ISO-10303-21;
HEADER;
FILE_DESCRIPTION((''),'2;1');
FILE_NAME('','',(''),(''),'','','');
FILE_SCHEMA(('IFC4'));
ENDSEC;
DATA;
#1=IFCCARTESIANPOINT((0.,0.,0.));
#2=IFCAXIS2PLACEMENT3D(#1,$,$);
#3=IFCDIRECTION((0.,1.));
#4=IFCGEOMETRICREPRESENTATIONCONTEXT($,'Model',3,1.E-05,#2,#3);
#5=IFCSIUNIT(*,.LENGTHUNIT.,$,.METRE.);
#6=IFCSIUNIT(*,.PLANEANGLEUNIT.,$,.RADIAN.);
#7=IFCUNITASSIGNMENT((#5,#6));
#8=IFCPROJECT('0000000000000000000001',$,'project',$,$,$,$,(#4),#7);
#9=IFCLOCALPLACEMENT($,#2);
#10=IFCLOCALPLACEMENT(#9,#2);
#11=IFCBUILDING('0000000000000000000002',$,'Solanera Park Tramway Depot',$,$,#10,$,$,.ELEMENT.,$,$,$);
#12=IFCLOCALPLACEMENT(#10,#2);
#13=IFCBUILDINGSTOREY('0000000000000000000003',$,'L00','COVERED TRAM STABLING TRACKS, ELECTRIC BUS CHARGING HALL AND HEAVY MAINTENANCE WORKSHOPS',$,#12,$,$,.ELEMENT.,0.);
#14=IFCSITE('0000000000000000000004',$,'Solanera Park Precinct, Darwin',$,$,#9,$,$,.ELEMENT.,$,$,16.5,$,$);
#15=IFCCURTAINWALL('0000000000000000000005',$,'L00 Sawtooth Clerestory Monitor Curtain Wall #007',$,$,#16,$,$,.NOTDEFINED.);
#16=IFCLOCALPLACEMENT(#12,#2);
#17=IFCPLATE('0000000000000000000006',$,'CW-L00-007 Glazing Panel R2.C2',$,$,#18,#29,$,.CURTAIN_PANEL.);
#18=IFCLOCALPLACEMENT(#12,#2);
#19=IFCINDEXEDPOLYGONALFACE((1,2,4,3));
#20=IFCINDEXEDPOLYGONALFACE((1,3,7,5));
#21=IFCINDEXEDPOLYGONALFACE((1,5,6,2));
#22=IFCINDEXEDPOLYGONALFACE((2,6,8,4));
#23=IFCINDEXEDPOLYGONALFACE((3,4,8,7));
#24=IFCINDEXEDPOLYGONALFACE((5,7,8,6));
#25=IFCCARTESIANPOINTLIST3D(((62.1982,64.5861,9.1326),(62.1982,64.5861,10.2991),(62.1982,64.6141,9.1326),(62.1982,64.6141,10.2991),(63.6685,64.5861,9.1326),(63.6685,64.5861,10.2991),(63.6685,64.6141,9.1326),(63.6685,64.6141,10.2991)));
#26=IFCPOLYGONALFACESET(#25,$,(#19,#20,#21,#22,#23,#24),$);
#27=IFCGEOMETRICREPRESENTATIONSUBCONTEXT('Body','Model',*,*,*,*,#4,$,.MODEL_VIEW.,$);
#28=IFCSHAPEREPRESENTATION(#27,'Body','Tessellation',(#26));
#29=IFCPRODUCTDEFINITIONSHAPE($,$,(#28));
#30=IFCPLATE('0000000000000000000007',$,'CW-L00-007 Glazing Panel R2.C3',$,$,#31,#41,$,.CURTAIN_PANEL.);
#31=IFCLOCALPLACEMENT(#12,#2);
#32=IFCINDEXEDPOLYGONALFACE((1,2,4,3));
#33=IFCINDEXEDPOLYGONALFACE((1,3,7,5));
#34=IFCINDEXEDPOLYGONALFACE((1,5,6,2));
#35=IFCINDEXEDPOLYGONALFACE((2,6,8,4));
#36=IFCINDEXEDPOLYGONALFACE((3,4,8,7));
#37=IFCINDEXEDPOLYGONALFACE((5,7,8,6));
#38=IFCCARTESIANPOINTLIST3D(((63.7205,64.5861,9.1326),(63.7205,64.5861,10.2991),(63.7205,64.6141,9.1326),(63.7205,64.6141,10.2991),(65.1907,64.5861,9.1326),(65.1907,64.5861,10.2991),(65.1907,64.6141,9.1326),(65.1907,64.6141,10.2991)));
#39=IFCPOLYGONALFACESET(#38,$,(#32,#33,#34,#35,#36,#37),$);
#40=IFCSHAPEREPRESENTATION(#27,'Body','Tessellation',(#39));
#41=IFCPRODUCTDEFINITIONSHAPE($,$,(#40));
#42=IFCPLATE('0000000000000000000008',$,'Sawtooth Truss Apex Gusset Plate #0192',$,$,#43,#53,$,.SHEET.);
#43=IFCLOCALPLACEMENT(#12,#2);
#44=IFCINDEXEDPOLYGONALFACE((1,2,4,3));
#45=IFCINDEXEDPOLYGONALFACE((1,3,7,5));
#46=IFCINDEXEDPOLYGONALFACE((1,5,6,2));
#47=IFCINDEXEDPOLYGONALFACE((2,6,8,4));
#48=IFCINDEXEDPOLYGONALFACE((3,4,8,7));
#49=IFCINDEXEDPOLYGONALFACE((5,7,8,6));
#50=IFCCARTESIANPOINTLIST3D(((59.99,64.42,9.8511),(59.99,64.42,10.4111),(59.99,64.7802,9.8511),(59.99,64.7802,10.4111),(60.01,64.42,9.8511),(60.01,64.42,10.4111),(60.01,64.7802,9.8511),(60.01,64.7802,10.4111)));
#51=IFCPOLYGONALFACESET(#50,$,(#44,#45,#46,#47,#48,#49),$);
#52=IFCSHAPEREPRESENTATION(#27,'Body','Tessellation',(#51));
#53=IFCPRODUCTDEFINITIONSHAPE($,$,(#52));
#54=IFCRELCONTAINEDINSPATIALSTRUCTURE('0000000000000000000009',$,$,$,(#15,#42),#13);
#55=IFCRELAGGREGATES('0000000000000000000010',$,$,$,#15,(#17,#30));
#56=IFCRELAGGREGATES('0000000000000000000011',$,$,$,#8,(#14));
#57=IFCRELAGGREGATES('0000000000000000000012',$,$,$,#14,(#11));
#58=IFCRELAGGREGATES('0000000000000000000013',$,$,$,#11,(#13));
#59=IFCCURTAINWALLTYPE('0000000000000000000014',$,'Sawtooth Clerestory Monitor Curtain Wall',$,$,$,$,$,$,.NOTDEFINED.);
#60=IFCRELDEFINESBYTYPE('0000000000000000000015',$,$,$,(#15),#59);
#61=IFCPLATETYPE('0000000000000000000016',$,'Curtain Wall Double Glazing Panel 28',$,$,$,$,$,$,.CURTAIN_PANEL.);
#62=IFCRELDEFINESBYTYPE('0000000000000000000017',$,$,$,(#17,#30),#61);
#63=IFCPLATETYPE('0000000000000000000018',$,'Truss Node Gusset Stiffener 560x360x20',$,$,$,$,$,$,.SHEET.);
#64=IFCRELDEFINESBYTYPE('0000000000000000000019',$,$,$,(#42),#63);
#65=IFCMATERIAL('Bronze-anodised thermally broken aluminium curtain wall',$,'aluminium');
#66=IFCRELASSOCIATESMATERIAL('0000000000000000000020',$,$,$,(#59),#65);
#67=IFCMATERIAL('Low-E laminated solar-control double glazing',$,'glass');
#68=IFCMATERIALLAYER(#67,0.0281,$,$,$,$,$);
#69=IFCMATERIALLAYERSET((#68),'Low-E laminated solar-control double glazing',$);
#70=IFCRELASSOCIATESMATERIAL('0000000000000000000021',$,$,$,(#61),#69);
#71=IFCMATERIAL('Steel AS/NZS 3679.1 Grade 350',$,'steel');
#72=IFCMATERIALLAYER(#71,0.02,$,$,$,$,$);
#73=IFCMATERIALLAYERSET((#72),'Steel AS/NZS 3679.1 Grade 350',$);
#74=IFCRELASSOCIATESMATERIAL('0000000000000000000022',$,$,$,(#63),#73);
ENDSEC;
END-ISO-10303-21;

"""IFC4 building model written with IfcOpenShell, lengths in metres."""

from ifc_helpers import new_model, si_unit, direction, frame, origin, origin_2d, place, context, subcontext, project, spatial, rectangle, extrude, material, layer, layer_set, type_object, element, aggregate, save


model = new_model("IFC4")

# Units and contexts
model_context = context("Model", 3, precision=1e-05, world=origin(), true_north=direction((0.0, 1.0)))
body_context = subcontext(model_context, "Body", "Model", "MODEL_VIEW")
ifc_project = project(units=[si_unit("LENGTHUNIT", "METRE"), si_unit("PLANEANGLEUNIT", "RADIAN")], contexts=[model_context])

# Site, building, storey
site_placement = place(None, origin())
site = spatial("IfcSite", under=ifc_project, at=site_placement, Name="Solanera Park Precinct, Darwin", CompositionType="ELEMENT", RefElevation=16.5)
building_placement = place(site_placement, origin())
building = spatial("IfcBuilding", under=site, at=building_placement, Name="Solanera Park Tramway Depot", CompositionType="ELEMENT")
storey_placement = place(building_placement, origin())
storey = spatial("IfcBuildingStorey", under=building, at=storey_placement, Name="L00", Description="COVERED TRAM STABLING TRACKS, ELECTRIC BUS CHARGING HALL AND HEAVY MAINTENANCE WORKSHOPS", CompositionType="ELEMENT", Elevation=0.0)

# Curtain wall
ifc_material_1 = material(Name="Bronze-anodised thermally broken aluminium curtain wall", Category="aluminium")
curtain_wall_type = type_object("IfcCurtainWallType", Name="Sawtooth Clerestory Monitor Curtain Wall", PredefinedType="NOTDEFINED", material=ifc_material_1)
curtain_wall_1_placement = place(storey_placement, origin())
curtain_wall_1 = element("IfcCurtainWall", 1, at=curtain_wall_1_placement, inside=storey, type_object=curtain_wall_type, Name="L00 Sawtooth Clerestory Monitor Curtain Wall #007", PredefinedType="NOTDEFINED")

# Plates
ifc_material_2 = material(Name="Low-E laminated solar-control double glazing", Category="glass")
ifc_layer_1 = layer(ifc_material_2, 0.0281)
ifc_layer_set_1 = layer_set([ifc_layer_1], Name="Low-E laminated solar-control double glazing")
plate_type_1 = type_object("IfcPlateType", Name="Curtain Wall Double Glazing Panel 28", PredefinedType="CURTAIN_PANEL", material=ifc_layer_set_1)
plate_1_placement = place(storey_placement, frame((62.9333, 64.6001, 9.1326), z_axis=(0.0, 0.0, 1.0), x_axis=(1.0, 0.0, 0.0)))
plate_1 = element("IfcPlate", 2, at=plate_1_placement, type_object=plate_type_1, Name="CW-L00-007 Glazing Panel R2.C2", PredefinedType="CURTAIN_PANEL", context=body_context, shape_type="SweptSolid", body=[
    extrude(rectangle(XDim=1.4702, YDim=0.0281, at=origin_2d()), origin(), (0.0, 0.0, 1.0), 1.1665),
])
plate_2_placement = place(storey_placement, frame((64.4556, 64.6001, 9.1326), z_axis=(0.0, 0.0, 1.0), x_axis=(1.0, 0.0, 0.0)))
plate_2 = element("IfcPlate", 3, at=plate_2_placement, type_object=plate_type_1, Name="CW-L00-007 Glazing Panel R2.C3", PredefinedType="CURTAIN_PANEL", context=body_context, shape_type="SweptSolid", body=[
    extrude(rectangle(XDim=1.4702, YDim=0.0281, at=origin_2d()), origin(), (0.0, 0.0, 1.0), 1.1665),
])
aggregate(curtain_wall_1, [plate_1, plate_2])
ifc_material_3 = material(Name="Steel AS/NZS 3679.1 Grade 350", Category="steel")
ifc_layer_2 = layer(ifc_material_3, 0.02)
ifc_layer_set_2 = layer_set([ifc_layer_2], Name="Steel AS/NZS 3679.1 Grade 350")
plate_type_2 = type_object("IfcPlateType", Name="Truss Node Gusset Stiffener 560x360x20", PredefinedType="SHEET", material=ifc_layer_set_2)
plate_3_placement = place(storey_placement, frame((60.0, 64.6001, 9.8511), z_axis=(0.0, 0.0, 1.0), x_axis=(1.0, 0.0, 0.0)))
element("IfcPlate", 4, at=plate_3_placement, inside=storey, type_object=plate_type_2, Name="Sawtooth Truss Apex Gusset Plate #0192", PredefinedType="SHEET", context=body_context, shape_type="SweptSolid", body=[
    extrude(rectangle(XDim=0.02, YDim=0.3601, at=origin_2d()), origin(), (0.0, 0.0, 1.0), 0.5601),
])

save(model, "model.ifc")
